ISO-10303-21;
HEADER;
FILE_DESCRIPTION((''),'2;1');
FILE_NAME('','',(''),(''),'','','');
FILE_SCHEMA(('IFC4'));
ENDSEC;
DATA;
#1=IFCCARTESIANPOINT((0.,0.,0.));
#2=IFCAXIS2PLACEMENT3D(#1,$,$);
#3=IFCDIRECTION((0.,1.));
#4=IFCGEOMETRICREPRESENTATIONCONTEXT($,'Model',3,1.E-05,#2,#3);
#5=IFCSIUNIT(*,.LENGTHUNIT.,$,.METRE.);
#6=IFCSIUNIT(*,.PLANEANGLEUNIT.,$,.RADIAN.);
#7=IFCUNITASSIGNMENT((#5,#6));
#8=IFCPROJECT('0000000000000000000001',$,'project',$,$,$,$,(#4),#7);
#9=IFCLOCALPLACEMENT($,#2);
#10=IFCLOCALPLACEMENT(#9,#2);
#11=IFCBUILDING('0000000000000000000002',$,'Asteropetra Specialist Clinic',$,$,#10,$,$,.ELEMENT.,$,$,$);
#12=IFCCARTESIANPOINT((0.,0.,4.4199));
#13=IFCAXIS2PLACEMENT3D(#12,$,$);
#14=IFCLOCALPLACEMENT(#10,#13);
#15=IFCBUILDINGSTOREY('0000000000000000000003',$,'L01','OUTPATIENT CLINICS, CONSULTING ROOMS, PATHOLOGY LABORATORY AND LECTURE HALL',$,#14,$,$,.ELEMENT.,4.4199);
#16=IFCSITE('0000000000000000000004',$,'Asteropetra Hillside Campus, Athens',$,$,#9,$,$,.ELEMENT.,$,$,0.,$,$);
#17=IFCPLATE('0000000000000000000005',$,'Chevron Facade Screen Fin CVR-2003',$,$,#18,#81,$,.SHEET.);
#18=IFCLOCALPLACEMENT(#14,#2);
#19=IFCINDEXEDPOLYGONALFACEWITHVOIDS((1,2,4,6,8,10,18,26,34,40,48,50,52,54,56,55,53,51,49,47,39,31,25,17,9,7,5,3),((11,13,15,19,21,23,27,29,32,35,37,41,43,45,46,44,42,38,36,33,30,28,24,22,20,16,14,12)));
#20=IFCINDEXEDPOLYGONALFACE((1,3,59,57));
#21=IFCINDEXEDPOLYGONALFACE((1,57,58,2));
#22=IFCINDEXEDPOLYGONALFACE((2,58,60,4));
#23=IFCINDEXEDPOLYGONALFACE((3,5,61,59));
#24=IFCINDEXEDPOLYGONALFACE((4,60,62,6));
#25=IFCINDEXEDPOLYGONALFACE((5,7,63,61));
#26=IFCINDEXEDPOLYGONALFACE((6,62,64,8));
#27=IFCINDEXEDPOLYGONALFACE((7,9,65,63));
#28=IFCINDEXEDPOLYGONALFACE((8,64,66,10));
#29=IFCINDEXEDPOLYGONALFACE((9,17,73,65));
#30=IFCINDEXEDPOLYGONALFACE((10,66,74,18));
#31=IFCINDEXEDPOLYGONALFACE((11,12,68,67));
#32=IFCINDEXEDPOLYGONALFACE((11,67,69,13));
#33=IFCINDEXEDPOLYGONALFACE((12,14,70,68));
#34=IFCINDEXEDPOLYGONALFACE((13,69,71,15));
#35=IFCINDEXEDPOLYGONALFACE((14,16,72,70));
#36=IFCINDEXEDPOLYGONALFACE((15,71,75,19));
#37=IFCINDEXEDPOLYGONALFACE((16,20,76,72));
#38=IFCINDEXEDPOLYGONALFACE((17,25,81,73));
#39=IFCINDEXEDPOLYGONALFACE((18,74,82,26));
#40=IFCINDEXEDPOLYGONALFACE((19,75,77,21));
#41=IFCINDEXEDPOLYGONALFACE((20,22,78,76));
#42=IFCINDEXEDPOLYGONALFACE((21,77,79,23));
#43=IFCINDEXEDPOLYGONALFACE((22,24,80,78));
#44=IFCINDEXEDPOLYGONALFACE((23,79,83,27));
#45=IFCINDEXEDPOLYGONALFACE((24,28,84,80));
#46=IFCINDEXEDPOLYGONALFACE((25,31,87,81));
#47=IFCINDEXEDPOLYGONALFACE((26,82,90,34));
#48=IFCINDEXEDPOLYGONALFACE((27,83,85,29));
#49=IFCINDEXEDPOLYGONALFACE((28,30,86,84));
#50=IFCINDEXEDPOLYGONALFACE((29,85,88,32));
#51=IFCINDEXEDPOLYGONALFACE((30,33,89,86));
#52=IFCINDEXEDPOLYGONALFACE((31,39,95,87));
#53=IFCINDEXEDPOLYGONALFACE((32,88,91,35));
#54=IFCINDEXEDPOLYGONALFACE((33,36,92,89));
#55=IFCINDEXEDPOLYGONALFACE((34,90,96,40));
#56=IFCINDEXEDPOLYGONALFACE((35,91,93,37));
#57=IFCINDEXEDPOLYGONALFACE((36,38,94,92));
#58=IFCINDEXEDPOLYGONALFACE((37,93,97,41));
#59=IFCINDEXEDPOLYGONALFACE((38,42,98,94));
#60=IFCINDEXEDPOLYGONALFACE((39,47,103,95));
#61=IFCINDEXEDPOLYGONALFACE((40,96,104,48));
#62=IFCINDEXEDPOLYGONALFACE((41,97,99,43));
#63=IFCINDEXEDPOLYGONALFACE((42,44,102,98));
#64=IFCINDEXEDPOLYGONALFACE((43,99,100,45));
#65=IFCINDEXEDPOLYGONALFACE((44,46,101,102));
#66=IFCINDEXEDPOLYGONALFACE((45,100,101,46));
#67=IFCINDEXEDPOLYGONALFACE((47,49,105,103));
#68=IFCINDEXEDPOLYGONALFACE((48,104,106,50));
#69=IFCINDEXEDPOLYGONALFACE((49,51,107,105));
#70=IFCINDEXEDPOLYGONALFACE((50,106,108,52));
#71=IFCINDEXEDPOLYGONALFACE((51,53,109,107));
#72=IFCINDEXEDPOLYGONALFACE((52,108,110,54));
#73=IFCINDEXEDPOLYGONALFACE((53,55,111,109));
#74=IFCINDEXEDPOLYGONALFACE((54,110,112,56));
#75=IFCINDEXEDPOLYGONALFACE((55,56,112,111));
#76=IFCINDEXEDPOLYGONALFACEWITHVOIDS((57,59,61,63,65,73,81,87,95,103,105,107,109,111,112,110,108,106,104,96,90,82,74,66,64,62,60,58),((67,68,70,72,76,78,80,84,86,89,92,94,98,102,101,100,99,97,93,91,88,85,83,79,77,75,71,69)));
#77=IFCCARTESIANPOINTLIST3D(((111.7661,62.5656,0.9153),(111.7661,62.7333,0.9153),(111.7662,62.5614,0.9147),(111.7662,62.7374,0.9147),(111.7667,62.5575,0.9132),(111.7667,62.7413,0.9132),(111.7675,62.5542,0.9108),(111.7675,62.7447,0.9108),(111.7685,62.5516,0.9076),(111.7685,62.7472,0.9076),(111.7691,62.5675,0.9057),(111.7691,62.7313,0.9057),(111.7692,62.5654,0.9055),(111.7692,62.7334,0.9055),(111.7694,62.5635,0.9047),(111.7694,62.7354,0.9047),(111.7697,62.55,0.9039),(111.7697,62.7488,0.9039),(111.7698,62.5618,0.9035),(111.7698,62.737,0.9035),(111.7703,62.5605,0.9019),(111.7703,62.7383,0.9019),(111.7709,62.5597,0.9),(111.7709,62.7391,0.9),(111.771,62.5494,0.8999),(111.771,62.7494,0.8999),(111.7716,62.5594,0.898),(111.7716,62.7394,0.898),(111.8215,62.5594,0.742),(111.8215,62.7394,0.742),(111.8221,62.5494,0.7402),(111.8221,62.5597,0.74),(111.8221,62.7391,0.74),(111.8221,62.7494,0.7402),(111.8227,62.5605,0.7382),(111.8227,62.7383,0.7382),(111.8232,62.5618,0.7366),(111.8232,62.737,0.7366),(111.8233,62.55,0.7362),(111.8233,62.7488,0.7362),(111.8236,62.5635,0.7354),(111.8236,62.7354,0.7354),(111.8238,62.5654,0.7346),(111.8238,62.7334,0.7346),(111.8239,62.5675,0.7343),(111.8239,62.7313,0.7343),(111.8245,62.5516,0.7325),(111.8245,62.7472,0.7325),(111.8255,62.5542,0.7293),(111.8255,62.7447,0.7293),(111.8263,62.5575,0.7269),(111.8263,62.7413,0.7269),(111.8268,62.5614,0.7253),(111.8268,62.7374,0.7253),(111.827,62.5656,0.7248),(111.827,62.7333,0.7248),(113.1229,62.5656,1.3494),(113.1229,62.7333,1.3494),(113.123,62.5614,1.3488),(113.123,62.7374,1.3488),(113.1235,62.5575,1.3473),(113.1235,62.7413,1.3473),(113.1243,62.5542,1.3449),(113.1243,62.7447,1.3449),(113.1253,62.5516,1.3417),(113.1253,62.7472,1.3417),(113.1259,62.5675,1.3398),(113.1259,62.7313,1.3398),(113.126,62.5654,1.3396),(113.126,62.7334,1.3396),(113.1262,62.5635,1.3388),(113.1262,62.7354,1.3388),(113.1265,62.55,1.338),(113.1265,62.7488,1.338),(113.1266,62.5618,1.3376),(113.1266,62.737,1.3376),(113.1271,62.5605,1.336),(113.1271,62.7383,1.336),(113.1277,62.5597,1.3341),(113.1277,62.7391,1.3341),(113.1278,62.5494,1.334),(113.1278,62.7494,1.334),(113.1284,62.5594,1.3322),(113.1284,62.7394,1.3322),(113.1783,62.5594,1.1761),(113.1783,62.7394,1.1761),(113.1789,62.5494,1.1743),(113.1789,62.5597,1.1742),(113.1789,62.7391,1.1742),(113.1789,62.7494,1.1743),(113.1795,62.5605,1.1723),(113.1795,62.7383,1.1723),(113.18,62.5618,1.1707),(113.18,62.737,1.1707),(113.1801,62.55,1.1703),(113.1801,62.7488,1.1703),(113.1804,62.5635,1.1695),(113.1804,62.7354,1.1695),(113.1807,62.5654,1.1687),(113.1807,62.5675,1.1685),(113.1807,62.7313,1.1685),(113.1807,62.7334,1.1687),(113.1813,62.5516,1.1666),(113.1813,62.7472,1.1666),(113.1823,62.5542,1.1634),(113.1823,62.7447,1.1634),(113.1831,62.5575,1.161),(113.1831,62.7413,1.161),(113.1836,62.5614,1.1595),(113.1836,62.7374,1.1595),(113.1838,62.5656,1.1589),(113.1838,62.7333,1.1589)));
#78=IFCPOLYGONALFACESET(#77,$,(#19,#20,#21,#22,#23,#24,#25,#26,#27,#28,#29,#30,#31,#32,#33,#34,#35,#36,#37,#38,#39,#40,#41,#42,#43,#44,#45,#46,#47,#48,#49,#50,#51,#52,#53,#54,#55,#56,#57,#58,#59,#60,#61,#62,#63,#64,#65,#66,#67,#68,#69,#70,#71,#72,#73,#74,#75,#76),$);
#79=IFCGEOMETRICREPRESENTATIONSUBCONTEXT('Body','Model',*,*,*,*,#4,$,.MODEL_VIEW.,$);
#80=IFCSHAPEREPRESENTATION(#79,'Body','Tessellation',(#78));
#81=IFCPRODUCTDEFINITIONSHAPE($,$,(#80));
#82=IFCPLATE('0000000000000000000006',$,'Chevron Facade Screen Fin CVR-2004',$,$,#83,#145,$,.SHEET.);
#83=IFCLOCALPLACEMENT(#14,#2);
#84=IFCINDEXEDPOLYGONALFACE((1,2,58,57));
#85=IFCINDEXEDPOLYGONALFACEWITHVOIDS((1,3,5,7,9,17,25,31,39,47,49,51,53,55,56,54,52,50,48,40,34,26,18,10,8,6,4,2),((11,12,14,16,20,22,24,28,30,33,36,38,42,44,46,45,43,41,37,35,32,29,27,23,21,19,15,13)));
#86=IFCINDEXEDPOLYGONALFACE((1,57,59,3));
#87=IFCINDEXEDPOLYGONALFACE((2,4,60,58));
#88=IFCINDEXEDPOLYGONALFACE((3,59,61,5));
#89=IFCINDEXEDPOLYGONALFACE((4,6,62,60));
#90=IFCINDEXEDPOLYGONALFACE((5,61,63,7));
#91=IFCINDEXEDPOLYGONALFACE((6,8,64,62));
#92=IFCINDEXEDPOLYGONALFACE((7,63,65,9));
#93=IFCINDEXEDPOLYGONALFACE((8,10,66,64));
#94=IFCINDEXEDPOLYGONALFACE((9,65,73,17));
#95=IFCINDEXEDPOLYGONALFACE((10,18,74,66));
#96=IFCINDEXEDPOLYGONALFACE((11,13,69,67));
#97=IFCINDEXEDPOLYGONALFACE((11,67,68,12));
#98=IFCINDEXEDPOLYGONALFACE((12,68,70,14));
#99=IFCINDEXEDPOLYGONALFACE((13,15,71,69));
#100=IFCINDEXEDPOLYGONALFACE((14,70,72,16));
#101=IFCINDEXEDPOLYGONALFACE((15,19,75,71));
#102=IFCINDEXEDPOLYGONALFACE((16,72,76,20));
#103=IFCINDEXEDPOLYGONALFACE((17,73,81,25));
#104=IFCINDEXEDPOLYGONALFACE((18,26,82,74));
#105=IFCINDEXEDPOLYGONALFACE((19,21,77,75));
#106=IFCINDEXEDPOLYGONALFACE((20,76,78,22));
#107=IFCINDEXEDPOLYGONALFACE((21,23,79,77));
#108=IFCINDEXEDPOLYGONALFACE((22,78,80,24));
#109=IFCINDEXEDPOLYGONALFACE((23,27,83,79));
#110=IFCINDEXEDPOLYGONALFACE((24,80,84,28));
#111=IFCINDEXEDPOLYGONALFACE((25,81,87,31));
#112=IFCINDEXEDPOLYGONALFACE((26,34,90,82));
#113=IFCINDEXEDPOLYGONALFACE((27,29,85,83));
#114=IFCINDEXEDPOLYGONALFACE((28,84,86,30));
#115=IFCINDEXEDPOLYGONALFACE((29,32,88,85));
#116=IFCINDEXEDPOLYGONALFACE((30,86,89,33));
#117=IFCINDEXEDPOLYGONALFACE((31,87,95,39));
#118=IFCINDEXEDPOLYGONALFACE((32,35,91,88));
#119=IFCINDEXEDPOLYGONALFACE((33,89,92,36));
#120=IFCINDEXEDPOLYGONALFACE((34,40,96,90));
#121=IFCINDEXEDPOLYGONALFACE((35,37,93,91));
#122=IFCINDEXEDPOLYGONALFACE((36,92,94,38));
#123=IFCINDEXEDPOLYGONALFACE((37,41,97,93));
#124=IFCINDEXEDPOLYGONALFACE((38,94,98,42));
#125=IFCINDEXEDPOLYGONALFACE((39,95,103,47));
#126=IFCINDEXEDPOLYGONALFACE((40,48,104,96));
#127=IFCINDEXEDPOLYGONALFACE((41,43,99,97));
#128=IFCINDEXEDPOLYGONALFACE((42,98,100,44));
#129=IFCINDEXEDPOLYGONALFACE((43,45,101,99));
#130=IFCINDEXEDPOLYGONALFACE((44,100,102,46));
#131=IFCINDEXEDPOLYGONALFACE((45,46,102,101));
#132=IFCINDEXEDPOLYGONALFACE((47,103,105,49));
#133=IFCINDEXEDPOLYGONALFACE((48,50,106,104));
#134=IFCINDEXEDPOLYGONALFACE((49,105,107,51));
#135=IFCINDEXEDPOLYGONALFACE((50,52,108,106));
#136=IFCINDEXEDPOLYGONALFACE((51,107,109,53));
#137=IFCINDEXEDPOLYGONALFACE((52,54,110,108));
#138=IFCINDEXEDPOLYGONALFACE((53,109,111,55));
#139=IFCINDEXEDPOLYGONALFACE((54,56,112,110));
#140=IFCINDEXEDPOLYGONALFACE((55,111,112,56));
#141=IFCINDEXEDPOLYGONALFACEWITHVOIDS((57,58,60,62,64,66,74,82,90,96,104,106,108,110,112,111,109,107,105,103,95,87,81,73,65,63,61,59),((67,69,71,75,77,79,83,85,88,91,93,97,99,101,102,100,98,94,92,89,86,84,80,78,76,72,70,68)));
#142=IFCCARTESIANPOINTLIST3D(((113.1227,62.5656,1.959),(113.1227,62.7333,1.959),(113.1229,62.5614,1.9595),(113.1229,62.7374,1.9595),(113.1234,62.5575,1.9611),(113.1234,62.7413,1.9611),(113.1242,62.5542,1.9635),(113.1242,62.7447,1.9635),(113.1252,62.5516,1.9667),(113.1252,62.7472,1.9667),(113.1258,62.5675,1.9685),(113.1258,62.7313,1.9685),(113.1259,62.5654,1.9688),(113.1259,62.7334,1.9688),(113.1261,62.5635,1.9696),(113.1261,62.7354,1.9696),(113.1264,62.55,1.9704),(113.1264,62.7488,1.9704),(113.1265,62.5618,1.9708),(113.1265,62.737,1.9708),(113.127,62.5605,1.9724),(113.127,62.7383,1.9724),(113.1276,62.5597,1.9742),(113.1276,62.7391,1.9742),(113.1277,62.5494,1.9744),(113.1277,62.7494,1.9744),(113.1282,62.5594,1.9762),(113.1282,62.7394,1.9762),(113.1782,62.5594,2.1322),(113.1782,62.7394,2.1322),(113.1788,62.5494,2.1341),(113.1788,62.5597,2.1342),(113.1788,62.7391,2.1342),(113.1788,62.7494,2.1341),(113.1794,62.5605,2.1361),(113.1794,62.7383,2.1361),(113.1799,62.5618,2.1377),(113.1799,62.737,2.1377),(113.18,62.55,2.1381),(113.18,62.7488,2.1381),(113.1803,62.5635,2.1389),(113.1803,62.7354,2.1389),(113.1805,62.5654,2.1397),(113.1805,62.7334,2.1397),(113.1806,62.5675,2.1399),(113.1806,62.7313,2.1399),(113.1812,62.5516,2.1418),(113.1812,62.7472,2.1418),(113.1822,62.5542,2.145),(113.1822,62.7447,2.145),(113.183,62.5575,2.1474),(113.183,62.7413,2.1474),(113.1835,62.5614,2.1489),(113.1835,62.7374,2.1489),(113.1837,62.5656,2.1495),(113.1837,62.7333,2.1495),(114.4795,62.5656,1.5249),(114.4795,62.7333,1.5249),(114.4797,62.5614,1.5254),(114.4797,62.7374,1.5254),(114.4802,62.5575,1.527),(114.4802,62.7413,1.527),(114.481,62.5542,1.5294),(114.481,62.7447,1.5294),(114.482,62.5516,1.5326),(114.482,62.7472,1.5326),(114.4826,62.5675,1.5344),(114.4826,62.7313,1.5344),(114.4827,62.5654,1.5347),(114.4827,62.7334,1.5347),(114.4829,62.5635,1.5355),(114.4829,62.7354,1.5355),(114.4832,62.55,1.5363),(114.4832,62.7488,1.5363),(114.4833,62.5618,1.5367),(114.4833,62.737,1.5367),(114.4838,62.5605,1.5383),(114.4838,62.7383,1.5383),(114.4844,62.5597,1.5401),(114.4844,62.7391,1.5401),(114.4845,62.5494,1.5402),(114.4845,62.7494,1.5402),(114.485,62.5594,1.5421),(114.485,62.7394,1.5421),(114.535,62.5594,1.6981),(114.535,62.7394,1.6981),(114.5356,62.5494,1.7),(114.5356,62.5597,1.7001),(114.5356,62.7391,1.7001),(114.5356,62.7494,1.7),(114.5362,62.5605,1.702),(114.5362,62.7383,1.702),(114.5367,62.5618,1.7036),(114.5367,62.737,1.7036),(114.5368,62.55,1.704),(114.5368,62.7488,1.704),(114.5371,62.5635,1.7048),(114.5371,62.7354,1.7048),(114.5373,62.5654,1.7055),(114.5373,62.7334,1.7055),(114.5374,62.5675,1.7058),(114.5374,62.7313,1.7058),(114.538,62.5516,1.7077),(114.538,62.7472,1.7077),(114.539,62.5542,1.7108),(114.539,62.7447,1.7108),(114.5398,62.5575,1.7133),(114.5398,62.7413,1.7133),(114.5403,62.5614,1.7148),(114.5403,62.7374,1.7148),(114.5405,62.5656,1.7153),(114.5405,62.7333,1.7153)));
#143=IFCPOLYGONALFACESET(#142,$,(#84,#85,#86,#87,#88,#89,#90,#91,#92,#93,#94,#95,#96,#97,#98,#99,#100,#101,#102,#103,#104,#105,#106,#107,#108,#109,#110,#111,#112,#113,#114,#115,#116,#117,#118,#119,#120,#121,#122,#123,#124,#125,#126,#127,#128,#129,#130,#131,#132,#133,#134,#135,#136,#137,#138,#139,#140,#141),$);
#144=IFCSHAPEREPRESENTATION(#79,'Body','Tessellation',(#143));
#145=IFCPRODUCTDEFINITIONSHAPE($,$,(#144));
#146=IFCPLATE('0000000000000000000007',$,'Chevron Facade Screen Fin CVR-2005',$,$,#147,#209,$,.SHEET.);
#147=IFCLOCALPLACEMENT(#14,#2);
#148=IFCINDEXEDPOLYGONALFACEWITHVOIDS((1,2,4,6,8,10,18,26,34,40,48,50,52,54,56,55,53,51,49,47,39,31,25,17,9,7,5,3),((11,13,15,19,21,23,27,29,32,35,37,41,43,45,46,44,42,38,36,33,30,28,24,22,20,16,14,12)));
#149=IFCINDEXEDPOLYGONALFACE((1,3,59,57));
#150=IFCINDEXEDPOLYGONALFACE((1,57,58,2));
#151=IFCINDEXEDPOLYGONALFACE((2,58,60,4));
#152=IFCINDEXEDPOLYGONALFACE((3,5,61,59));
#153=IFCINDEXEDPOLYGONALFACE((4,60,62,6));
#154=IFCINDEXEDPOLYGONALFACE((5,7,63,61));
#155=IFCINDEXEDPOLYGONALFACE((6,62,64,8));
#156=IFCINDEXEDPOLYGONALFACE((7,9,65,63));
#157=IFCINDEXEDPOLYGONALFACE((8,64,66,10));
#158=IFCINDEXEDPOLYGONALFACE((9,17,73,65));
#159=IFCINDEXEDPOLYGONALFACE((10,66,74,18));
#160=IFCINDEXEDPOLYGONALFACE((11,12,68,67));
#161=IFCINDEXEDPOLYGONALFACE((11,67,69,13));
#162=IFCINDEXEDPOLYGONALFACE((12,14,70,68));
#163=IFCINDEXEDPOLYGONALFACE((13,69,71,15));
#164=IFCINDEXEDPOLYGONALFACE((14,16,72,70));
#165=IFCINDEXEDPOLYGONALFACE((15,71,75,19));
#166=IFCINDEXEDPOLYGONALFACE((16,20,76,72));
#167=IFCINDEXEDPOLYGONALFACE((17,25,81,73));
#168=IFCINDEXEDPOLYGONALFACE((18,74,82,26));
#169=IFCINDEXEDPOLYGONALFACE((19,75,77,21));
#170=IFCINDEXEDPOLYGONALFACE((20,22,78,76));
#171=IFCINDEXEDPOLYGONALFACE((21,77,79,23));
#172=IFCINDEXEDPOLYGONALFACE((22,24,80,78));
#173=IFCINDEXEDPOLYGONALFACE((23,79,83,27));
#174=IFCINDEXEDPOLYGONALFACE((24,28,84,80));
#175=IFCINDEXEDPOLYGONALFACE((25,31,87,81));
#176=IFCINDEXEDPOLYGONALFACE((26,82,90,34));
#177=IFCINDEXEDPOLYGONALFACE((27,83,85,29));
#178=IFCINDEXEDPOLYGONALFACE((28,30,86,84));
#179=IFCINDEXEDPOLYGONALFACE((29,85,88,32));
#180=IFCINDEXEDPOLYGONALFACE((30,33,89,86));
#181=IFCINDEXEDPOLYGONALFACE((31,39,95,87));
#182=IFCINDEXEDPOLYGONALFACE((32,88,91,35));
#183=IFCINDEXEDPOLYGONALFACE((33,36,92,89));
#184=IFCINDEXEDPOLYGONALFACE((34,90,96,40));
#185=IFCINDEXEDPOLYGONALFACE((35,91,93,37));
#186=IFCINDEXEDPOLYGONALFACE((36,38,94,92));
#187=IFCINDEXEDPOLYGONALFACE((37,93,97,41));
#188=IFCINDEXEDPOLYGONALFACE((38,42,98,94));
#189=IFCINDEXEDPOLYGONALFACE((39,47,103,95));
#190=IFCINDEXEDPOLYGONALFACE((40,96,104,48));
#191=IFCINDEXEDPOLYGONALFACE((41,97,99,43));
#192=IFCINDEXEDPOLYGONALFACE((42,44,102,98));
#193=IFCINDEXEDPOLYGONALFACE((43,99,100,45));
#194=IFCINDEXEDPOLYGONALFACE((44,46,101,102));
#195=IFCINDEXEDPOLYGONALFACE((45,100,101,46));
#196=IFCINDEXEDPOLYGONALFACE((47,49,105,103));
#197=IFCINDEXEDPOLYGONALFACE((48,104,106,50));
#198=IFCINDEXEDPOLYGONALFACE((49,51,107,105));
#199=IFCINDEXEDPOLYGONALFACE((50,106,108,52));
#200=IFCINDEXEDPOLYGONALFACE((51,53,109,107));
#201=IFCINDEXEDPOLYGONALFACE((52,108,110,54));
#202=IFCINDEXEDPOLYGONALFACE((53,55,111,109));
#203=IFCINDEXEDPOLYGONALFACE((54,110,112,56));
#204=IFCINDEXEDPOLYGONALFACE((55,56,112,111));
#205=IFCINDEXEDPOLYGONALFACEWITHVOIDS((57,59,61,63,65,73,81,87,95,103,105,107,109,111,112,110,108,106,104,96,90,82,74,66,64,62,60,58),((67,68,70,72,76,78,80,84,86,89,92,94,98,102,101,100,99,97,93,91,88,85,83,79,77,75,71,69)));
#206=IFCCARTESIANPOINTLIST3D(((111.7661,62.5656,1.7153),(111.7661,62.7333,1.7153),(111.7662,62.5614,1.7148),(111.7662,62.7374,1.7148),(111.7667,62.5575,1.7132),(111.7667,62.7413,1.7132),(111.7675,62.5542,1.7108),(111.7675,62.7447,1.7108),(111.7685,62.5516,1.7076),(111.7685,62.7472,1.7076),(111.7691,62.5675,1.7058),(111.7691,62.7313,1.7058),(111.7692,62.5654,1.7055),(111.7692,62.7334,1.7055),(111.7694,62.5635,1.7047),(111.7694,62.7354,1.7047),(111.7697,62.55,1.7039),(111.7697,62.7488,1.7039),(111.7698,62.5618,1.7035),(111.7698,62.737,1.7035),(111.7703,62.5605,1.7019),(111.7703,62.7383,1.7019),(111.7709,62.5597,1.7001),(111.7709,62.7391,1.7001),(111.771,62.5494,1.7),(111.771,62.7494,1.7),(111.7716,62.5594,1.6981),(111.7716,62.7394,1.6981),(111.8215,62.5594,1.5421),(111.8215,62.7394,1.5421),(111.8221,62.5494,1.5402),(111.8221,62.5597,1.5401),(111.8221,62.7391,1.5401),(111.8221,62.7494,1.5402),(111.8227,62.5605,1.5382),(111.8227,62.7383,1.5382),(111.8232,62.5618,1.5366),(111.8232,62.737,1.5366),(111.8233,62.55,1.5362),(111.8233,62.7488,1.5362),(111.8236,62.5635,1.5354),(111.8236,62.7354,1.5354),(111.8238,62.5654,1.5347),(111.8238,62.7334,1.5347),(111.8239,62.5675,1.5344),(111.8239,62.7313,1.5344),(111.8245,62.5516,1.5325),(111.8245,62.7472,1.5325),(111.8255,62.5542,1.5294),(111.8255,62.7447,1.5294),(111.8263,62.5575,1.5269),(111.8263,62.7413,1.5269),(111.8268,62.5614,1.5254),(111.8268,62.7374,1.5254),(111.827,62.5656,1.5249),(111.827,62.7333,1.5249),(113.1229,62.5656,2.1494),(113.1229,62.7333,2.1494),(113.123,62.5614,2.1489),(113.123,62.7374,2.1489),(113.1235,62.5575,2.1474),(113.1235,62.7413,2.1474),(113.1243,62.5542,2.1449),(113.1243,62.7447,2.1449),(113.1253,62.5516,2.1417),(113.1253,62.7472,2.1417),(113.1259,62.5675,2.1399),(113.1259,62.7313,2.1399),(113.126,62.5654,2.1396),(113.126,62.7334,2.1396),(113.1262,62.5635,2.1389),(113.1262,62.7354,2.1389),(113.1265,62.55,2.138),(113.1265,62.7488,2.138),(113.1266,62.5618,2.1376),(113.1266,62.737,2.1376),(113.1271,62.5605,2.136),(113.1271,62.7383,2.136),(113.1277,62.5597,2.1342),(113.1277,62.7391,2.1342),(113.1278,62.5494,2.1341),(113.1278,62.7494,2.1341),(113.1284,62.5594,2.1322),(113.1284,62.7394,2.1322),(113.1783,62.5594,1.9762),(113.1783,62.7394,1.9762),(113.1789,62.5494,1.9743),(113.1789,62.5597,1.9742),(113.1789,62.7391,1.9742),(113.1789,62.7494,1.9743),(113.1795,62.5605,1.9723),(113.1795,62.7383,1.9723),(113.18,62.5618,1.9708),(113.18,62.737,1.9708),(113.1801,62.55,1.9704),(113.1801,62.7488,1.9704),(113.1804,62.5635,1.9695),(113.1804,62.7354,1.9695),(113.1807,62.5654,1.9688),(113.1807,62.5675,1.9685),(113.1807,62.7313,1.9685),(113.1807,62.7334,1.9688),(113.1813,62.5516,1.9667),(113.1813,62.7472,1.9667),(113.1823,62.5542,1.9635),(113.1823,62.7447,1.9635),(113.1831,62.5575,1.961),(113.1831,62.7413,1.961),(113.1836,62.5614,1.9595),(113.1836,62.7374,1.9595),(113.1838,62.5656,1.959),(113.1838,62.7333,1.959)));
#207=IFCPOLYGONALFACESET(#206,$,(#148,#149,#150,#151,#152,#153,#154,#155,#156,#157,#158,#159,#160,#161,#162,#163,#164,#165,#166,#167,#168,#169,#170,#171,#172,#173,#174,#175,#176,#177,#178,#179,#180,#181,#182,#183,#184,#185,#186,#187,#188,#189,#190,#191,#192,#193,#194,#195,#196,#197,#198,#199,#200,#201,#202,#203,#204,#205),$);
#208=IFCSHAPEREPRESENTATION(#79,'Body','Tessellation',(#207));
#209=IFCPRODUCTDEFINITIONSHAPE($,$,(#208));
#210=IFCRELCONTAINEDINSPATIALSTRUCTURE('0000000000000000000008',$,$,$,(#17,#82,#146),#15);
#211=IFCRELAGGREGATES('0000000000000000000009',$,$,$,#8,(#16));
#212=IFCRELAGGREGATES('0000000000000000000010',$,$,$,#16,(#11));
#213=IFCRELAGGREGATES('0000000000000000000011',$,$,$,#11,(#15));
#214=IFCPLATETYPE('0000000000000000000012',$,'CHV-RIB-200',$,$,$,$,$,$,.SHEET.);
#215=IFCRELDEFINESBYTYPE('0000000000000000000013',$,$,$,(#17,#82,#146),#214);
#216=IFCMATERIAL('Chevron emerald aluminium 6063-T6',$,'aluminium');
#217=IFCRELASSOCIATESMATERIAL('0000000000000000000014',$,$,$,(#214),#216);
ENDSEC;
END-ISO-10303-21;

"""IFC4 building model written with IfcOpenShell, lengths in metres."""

from ifc_helpers import new_model, si_unit, direction, frame, origin, origin_2d, place, context, subcontext, project, spatial, hollow_rectangle, extrude, material, material_profile, profile_set, type_object, element, save


model = new_model("IFC4")

# Units and contexts
model_context = context("Model", 3, precision=1e-05, world=origin(), true_north=direction((0.0, 1.0)))
body_context = subcontext(model_context, "Body", "Model", "MODEL_VIEW")
ifc_project = project(units=[si_unit("LENGTHUNIT", "METRE"), si_unit("PLANEANGLEUNIT", "RADIAN")], contexts=[model_context])

# Site, building, storey
site_placement = place(None, origin())
site = spatial("IfcSite", under=ifc_project, at=site_placement, Name="Asteropetra Hillside Campus, Athens", CompositionType="ELEMENT", RefElevation=0.0)
building_placement = place(site_placement, origin())
building = spatial("IfcBuilding", under=site, at=building_placement, Name="Asteropetra Specialist Clinic", CompositionType="ELEMENT")
storey_placement = place(building_placement, frame((0.0, 0.0, 4.4199)))
storey = spatial("IfcBuildingStorey", under=building, at=storey_placement, Name="L01", Description="OUTPATIENT CLINICS, CONSULTING ROOMS, PATHOLOGY LABORATORY AND LECTURE HALL", CompositionType="ELEMENT", Elevation=4.4199)

# Plates
ifc_material_1 = material(Name="Chevron emerald aluminium 6063-T6", Category="aluminium")
ifc_material_profile = material_profile(ifc_material_1, hollow_rectangle(XDim=0.2, YDim=0.2, WallThickness=0.01, InnerFilletRadius=0.0081, OuterFilletRadius=0.0161, at=origin_2d()), Name="SHS 200x200x10.0")
ifc_profile_set = profile_set([ifc_material_profile], Name="Chevron emerald aluminium 6063-T6")
plate_type = type_object("IfcPlateType", Name="CHV-RIB-200", PredefinedType="SHEET", material=ifc_profile_set)
for number, where, z_axis, x_axis, name in (
    (1, (113.1533, 62.6494, 1.2542), (-0.952436, 0.0, -0.304738), (0.0, -1.0, 0.0), "Chevron Facade Screen Fin CVR-2003"),
    (2, (114.51, 62.6494, 1.6201), (-0.952436, 0.0, 0.304738), (0.0, -1.0, 0.0), "Chevron Facade Screen Fin CVR-2004"),
    (3, (113.1533, 62.6494, 2.0542), (-0.952436, 0.0, -0.304738), (0.0, -1.0, 0.0), "Chevron Facade Screen Fin CVR-2005"),
):
    element("IfcPlate", number, at=place(storey_placement, frame(where, z_axis=z_axis, x_axis=x_axis)), inside=storey, type_object=plate_type, Name=name, PredefinedType="SHEET", context=body_context, shape_type="SweptSolid", body=[
        extrude(hollow_rectangle(XDim=0.2, YDim=0.2, WallThickness=0.01, InnerFilletRadius=0.0081, OuterFilletRadius=0.0161, at=origin_2d()), origin(), (0.0, 0.0, 1.0), 1.4246),
    ])

save(model, "model.ifc")
